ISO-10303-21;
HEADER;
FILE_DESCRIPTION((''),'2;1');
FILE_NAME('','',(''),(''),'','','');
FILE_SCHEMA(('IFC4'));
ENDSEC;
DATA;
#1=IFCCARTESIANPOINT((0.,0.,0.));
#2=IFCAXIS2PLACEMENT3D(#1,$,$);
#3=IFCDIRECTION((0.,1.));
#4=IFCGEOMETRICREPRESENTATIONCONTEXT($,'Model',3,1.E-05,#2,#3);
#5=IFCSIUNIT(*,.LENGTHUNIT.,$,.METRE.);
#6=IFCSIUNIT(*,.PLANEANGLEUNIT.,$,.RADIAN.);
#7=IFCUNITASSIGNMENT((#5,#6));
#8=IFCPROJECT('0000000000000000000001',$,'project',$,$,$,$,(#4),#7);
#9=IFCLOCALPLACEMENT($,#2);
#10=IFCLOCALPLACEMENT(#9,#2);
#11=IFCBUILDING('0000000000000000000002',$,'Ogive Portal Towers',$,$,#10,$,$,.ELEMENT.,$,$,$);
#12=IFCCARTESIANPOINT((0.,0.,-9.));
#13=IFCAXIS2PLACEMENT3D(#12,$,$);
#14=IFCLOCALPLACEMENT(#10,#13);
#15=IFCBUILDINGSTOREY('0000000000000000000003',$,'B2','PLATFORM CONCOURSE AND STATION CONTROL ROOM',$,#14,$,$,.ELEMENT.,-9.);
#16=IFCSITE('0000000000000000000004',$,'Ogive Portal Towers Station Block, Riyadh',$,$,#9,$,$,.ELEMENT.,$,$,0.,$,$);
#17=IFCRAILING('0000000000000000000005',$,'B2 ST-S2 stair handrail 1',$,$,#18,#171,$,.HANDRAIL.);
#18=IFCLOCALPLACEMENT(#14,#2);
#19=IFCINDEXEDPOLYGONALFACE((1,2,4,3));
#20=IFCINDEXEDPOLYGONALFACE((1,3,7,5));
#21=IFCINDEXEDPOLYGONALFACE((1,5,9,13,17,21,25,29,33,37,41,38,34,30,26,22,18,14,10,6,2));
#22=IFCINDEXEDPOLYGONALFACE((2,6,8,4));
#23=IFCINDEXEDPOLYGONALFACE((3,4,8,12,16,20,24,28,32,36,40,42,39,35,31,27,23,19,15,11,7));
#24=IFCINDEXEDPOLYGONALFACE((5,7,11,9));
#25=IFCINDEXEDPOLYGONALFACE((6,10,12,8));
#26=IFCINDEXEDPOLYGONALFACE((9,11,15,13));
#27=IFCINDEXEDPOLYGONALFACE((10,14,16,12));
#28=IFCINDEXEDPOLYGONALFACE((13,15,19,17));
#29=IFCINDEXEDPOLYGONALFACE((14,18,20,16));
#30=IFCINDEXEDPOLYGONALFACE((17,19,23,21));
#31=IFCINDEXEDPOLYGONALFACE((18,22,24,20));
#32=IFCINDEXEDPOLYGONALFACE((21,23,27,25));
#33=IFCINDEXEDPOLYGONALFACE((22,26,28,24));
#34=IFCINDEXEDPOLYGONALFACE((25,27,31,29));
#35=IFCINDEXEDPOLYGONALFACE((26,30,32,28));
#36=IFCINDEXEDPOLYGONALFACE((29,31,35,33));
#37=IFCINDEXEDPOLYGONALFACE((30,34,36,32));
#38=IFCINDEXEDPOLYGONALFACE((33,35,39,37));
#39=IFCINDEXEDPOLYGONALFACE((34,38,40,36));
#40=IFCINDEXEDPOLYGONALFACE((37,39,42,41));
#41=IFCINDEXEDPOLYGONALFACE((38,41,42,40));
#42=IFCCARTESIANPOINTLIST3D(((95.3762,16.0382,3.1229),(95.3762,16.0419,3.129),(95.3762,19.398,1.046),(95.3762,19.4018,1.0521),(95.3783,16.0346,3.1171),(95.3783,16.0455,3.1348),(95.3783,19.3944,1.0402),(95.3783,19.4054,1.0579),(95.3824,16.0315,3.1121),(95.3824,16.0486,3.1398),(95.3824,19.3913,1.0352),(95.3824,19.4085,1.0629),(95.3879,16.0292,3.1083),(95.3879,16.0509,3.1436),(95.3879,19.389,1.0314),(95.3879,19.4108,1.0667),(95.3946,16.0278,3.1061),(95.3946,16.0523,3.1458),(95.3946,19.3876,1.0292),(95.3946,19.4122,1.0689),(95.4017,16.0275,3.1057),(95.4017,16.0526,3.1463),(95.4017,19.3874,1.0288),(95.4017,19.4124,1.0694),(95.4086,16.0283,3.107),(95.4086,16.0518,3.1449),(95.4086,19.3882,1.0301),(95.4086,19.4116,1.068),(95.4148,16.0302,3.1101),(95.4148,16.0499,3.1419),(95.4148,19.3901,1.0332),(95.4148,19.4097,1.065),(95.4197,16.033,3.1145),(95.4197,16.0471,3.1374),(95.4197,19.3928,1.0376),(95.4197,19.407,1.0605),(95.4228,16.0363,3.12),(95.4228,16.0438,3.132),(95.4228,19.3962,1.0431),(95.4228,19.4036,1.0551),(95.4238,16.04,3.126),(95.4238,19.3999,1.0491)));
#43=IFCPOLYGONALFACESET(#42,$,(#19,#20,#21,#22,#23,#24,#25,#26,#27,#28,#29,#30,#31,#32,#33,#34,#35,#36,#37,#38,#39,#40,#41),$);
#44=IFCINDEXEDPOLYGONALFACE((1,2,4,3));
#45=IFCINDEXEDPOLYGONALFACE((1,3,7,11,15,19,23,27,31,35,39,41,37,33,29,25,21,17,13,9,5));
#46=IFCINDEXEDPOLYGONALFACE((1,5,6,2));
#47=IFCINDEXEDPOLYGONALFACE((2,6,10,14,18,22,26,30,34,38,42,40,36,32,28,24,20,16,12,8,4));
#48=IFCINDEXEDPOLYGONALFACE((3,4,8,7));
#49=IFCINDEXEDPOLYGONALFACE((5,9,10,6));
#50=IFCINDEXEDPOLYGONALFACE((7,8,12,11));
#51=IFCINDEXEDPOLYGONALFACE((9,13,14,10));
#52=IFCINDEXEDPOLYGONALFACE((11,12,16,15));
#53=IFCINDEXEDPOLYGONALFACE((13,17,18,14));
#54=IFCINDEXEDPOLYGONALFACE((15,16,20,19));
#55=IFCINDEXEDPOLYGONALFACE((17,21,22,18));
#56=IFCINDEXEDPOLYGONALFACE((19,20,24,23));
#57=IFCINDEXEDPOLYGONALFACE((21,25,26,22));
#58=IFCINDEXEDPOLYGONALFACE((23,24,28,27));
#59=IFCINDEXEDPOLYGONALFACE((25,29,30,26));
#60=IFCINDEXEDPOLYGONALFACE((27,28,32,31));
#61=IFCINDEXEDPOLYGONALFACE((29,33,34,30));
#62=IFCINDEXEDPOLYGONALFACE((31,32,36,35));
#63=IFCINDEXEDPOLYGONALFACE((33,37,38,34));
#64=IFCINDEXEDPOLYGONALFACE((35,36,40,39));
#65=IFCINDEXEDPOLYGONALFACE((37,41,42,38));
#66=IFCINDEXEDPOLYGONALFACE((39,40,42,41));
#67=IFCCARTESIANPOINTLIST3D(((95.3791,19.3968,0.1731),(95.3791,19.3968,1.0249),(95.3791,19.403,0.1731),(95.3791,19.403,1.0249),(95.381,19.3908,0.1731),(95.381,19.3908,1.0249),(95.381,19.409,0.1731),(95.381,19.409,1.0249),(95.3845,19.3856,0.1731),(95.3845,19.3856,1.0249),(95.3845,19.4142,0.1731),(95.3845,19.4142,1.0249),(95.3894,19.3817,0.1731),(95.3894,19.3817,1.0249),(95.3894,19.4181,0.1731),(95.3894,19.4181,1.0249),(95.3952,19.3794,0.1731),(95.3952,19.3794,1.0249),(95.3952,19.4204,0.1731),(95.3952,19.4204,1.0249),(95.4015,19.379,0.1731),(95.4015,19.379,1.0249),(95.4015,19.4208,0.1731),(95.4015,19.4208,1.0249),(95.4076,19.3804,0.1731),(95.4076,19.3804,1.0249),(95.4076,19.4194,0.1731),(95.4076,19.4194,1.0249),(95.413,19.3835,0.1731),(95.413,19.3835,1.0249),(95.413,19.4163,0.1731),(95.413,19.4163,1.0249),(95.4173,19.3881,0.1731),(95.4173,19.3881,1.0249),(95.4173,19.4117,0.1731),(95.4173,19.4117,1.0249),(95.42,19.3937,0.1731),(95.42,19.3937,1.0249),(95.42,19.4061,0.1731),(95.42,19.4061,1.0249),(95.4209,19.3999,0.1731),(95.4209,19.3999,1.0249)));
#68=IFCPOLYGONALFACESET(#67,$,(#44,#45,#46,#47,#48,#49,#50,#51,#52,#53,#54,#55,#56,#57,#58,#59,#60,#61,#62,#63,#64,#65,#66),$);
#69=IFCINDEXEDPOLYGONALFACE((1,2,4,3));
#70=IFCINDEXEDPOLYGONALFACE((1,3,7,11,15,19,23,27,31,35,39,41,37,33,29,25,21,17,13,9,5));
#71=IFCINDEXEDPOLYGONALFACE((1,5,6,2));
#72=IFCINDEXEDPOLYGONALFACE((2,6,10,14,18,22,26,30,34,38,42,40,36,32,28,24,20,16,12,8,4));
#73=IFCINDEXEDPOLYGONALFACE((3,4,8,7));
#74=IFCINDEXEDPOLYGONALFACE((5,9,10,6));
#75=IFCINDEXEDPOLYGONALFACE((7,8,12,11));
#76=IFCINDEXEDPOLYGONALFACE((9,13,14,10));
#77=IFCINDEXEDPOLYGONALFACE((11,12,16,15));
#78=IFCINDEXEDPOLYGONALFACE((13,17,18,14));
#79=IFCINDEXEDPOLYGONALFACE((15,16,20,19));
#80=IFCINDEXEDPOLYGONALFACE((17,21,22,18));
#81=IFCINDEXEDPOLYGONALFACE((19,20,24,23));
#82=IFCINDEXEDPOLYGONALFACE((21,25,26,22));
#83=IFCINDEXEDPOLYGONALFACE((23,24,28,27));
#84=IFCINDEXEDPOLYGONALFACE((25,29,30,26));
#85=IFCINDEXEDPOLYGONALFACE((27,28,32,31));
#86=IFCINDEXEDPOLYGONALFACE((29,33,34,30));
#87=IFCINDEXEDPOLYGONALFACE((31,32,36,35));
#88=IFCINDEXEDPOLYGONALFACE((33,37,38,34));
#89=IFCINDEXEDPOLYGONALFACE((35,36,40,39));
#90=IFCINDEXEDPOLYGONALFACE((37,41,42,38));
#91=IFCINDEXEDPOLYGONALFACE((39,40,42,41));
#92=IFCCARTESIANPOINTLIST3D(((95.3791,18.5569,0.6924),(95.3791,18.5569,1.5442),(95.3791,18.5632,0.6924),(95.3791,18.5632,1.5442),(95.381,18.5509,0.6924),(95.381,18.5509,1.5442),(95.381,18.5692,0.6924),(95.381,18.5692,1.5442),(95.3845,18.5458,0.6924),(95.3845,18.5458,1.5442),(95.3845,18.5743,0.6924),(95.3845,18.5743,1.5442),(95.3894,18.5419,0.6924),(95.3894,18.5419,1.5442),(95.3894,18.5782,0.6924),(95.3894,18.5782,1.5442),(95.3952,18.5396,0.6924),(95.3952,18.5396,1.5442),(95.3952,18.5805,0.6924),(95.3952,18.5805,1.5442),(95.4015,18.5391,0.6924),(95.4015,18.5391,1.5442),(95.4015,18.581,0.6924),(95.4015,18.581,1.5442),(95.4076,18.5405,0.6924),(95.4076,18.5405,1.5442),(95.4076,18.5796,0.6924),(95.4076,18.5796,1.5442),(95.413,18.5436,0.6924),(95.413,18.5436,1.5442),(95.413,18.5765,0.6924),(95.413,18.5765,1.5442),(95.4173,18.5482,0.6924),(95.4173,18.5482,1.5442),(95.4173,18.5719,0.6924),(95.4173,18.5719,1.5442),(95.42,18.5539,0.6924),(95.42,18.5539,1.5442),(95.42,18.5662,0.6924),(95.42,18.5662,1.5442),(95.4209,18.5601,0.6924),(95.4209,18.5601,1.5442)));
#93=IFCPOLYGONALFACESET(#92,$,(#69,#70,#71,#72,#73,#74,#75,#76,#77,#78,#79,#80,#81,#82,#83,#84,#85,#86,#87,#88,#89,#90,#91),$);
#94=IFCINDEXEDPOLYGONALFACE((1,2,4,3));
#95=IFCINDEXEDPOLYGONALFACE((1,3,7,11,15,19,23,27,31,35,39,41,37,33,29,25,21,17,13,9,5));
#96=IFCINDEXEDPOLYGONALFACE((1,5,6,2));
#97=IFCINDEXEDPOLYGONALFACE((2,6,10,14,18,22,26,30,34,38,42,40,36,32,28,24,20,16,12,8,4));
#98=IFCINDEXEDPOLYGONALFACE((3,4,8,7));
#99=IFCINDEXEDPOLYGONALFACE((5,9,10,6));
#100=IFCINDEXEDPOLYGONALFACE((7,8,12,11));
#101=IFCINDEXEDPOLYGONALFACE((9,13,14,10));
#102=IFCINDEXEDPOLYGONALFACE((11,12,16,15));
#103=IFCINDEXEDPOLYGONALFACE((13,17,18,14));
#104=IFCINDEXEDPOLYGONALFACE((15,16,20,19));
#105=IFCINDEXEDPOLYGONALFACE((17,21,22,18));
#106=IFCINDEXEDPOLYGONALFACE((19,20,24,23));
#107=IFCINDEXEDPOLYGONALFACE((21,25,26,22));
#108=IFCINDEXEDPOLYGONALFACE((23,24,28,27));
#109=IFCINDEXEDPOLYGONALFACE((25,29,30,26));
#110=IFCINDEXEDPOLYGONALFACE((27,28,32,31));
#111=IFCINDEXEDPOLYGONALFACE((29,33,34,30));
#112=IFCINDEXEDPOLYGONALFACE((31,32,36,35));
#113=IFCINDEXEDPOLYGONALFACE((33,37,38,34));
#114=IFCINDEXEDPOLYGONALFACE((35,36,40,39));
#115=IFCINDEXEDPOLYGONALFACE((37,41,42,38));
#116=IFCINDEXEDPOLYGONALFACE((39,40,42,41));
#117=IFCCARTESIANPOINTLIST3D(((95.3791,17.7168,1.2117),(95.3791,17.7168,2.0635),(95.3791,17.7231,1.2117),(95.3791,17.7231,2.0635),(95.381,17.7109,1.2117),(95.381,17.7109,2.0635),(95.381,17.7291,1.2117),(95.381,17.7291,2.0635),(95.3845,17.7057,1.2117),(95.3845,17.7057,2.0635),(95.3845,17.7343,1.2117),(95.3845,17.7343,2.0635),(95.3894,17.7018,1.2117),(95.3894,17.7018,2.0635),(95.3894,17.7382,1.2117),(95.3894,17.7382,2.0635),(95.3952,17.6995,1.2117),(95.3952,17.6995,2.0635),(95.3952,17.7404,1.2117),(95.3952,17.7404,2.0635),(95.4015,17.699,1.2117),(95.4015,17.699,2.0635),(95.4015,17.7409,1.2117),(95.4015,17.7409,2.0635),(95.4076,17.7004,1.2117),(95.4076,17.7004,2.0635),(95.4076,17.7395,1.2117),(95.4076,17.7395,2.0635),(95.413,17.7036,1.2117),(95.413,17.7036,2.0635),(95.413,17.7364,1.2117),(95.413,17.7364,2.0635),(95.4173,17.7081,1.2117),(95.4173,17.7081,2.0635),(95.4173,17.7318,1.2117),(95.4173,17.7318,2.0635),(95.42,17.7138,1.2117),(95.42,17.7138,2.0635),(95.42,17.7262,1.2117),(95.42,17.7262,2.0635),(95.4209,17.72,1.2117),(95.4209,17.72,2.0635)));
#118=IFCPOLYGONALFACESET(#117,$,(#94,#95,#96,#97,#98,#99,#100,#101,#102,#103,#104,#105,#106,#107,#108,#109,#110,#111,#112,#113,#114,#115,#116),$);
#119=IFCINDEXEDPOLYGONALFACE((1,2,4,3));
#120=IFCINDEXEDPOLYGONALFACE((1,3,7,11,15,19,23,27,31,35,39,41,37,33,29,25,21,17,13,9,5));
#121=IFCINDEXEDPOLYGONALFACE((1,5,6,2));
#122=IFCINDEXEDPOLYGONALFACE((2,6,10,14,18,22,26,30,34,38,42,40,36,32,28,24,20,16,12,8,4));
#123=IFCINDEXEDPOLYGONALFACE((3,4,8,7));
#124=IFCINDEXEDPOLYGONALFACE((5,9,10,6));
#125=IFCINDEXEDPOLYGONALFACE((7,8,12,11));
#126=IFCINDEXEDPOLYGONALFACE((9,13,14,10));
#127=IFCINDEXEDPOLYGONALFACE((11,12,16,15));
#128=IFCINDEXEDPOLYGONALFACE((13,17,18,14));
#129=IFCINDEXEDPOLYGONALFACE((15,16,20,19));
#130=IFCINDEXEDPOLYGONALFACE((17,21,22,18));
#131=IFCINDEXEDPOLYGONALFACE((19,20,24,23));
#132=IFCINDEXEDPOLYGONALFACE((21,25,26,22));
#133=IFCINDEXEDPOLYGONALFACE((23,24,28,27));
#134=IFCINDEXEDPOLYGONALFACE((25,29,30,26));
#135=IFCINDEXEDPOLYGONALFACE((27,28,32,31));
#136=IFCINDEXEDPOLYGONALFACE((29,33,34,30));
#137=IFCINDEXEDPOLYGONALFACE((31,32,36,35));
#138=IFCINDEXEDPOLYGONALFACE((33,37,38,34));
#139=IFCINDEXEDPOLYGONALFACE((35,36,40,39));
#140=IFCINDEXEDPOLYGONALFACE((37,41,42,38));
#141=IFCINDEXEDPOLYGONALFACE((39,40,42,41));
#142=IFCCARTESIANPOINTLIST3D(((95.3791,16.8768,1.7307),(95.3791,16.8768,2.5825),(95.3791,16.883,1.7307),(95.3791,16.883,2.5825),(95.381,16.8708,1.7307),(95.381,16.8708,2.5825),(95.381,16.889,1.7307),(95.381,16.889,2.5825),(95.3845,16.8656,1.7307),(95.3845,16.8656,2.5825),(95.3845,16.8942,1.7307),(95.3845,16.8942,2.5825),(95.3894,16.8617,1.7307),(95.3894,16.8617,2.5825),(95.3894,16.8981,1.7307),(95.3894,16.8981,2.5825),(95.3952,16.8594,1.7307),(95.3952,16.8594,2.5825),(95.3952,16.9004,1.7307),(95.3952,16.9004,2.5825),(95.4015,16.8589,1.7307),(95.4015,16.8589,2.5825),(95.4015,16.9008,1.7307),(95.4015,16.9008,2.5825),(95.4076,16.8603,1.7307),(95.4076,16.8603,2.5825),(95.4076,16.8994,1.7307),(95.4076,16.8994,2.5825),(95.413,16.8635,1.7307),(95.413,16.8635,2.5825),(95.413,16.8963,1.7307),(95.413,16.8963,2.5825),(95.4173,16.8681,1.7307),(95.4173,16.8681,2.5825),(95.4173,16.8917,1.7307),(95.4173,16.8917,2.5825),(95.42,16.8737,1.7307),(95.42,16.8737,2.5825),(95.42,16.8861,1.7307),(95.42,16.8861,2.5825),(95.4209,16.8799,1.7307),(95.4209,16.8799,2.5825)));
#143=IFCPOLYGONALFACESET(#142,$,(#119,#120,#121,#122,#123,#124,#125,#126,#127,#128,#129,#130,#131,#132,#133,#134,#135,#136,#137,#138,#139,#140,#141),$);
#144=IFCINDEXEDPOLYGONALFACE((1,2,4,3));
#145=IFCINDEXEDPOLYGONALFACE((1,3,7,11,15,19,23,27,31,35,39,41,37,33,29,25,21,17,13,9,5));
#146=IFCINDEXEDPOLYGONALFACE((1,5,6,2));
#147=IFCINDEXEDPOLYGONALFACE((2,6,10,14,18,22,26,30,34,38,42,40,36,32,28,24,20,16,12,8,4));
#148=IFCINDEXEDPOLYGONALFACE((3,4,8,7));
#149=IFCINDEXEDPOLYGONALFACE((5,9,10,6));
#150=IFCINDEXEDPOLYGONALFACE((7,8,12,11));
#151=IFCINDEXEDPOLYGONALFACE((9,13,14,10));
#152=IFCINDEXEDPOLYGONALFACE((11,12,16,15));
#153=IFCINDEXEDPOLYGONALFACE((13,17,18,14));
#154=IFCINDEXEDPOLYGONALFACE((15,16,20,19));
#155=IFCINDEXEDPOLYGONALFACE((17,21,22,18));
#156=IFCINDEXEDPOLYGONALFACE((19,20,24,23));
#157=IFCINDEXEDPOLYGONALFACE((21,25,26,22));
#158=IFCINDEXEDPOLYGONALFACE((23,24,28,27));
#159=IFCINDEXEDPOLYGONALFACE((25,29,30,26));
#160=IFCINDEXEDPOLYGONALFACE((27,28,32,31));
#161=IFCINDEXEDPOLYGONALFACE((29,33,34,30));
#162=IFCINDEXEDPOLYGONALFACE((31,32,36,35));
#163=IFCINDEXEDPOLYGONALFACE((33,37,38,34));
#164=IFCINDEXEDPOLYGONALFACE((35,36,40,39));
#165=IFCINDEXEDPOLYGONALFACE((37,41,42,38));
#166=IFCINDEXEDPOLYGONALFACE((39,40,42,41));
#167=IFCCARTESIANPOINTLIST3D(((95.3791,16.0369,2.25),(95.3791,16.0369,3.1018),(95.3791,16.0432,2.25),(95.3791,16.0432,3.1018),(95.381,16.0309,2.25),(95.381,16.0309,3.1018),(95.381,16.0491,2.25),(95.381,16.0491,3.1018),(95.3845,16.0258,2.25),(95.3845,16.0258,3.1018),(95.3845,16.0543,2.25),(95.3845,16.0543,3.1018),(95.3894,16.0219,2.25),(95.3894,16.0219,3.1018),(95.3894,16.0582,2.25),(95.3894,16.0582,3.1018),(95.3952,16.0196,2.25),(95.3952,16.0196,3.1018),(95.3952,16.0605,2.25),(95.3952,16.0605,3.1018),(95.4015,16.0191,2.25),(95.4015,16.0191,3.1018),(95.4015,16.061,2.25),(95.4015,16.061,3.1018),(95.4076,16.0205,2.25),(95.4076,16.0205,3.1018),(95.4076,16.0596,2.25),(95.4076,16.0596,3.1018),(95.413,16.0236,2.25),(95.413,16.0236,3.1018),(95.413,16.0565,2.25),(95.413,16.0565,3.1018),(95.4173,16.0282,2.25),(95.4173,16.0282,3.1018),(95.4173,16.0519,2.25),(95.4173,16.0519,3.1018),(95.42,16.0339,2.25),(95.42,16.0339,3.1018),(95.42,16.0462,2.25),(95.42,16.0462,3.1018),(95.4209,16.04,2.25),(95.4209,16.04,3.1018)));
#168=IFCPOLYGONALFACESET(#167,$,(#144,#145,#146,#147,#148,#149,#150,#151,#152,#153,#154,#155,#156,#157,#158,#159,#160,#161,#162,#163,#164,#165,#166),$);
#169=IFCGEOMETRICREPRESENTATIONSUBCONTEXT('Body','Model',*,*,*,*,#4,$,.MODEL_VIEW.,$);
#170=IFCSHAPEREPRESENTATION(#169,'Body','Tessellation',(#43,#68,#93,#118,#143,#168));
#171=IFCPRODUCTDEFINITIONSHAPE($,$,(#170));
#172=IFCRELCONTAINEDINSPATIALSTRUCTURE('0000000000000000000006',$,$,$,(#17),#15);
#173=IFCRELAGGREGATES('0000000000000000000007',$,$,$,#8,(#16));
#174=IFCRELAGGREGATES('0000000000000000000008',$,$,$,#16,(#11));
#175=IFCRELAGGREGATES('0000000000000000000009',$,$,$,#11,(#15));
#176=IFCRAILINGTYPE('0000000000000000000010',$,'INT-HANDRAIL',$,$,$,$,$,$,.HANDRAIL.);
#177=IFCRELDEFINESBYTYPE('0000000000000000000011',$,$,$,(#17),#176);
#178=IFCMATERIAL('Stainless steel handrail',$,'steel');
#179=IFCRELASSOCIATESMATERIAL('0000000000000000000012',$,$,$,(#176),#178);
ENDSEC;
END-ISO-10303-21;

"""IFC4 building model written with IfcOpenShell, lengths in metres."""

from ifc_helpers import new_model, si_unit, direction, frame, origin, origin_2d, place, context, subcontext, project, spatial, circle, extrude, material, type_object, element, save


model = new_model("IFC4")

# Units and contexts
model_context = context("Model", 3, precision=1e-05, world=origin(), true_north=direction((0.0, 1.0)))
body_context = subcontext(model_context, "Body", "Model", "MODEL_VIEW")
ifc_project = project(units=[si_unit("LENGTHUNIT", "METRE"), si_unit("PLANEANGLEUNIT", "RADIAN")], contexts=[model_context])

# Site, building, storey
site_placement = place(None, origin())
site = spatial("IfcSite", under=ifc_project, at=site_placement, Name="Ogive Portal Towers Station Block, Riyadh", CompositionType="ELEMENT", RefElevation=0.0)
building_placement = place(site_placement, origin())
building = spatial("IfcBuilding", under=site, at=building_placement, Name="Ogive Portal Towers", CompositionType="ELEMENT")
storey_placement = place(building_placement, frame((0.0, 0.0, -9.0)))
storey = spatial("IfcBuildingStorey", under=building, at=storey_placement, Name="B2", Description="PLATFORM CONCOURSE AND STATION CONTROL ROOM", CompositionType="ELEMENT", Elevation=-9.0)

# Railing
ifc_material_1 = material(Name="Stainless steel handrail", Category="steel")
railing_type_1 = type_object("IfcRailingType", Name="INT-HANDRAIL", PredefinedType="HANDRAIL", material=ifc_material_1)
railing_1_placement = place(storey_placement, frame((95.3999, 19.3999, 0.1731)))
element("IfcRailing", 1, at=railing_1_placement, inside=storey, type_object=railing_type_1, Name="B2 ST-S2 stair handrail 1", PredefinedType="HANDRAIL", context=body_context, shape_type="SweptSolid", body=[
    extrude(circle(Radius=0.0239, at=origin_2d()), frame((0.0, 0.0, 0.876), z_axis=(0.0, -0.850606, 0.525803), x_axis=(1.0, 0.0, 0.0)), (0.0, 0.0, 1.0), 3.95),
    extrude(circle(Radius=0.021, at=origin_2d()), origin(), (0.0, 0.0, 1.0), 0.8518),
    extrude(circle(Radius=0.021, at=origin_2d()), frame((0.0, -0.8398, 0.5193)), (0.0, 0.0, 1.0), 0.8518),
    extrude(circle(Radius=0.021, at=origin_2d()), frame((0.0, -1.6799, 1.0386)), (0.0, 0.0, 1.0), 0.8518),
    extrude(circle(Radius=0.021, at=origin_2d()), frame((0.0, -2.52, 1.5576)), (0.0, 0.0, 1.0), 0.8518),
    extrude(circle(Radius=0.021, at=origin_2d()), frame((0.0, -3.3599, 2.0769)), (0.0, 0.0, 1.0), 0.8518),
])

save(model, "model.ifc")
